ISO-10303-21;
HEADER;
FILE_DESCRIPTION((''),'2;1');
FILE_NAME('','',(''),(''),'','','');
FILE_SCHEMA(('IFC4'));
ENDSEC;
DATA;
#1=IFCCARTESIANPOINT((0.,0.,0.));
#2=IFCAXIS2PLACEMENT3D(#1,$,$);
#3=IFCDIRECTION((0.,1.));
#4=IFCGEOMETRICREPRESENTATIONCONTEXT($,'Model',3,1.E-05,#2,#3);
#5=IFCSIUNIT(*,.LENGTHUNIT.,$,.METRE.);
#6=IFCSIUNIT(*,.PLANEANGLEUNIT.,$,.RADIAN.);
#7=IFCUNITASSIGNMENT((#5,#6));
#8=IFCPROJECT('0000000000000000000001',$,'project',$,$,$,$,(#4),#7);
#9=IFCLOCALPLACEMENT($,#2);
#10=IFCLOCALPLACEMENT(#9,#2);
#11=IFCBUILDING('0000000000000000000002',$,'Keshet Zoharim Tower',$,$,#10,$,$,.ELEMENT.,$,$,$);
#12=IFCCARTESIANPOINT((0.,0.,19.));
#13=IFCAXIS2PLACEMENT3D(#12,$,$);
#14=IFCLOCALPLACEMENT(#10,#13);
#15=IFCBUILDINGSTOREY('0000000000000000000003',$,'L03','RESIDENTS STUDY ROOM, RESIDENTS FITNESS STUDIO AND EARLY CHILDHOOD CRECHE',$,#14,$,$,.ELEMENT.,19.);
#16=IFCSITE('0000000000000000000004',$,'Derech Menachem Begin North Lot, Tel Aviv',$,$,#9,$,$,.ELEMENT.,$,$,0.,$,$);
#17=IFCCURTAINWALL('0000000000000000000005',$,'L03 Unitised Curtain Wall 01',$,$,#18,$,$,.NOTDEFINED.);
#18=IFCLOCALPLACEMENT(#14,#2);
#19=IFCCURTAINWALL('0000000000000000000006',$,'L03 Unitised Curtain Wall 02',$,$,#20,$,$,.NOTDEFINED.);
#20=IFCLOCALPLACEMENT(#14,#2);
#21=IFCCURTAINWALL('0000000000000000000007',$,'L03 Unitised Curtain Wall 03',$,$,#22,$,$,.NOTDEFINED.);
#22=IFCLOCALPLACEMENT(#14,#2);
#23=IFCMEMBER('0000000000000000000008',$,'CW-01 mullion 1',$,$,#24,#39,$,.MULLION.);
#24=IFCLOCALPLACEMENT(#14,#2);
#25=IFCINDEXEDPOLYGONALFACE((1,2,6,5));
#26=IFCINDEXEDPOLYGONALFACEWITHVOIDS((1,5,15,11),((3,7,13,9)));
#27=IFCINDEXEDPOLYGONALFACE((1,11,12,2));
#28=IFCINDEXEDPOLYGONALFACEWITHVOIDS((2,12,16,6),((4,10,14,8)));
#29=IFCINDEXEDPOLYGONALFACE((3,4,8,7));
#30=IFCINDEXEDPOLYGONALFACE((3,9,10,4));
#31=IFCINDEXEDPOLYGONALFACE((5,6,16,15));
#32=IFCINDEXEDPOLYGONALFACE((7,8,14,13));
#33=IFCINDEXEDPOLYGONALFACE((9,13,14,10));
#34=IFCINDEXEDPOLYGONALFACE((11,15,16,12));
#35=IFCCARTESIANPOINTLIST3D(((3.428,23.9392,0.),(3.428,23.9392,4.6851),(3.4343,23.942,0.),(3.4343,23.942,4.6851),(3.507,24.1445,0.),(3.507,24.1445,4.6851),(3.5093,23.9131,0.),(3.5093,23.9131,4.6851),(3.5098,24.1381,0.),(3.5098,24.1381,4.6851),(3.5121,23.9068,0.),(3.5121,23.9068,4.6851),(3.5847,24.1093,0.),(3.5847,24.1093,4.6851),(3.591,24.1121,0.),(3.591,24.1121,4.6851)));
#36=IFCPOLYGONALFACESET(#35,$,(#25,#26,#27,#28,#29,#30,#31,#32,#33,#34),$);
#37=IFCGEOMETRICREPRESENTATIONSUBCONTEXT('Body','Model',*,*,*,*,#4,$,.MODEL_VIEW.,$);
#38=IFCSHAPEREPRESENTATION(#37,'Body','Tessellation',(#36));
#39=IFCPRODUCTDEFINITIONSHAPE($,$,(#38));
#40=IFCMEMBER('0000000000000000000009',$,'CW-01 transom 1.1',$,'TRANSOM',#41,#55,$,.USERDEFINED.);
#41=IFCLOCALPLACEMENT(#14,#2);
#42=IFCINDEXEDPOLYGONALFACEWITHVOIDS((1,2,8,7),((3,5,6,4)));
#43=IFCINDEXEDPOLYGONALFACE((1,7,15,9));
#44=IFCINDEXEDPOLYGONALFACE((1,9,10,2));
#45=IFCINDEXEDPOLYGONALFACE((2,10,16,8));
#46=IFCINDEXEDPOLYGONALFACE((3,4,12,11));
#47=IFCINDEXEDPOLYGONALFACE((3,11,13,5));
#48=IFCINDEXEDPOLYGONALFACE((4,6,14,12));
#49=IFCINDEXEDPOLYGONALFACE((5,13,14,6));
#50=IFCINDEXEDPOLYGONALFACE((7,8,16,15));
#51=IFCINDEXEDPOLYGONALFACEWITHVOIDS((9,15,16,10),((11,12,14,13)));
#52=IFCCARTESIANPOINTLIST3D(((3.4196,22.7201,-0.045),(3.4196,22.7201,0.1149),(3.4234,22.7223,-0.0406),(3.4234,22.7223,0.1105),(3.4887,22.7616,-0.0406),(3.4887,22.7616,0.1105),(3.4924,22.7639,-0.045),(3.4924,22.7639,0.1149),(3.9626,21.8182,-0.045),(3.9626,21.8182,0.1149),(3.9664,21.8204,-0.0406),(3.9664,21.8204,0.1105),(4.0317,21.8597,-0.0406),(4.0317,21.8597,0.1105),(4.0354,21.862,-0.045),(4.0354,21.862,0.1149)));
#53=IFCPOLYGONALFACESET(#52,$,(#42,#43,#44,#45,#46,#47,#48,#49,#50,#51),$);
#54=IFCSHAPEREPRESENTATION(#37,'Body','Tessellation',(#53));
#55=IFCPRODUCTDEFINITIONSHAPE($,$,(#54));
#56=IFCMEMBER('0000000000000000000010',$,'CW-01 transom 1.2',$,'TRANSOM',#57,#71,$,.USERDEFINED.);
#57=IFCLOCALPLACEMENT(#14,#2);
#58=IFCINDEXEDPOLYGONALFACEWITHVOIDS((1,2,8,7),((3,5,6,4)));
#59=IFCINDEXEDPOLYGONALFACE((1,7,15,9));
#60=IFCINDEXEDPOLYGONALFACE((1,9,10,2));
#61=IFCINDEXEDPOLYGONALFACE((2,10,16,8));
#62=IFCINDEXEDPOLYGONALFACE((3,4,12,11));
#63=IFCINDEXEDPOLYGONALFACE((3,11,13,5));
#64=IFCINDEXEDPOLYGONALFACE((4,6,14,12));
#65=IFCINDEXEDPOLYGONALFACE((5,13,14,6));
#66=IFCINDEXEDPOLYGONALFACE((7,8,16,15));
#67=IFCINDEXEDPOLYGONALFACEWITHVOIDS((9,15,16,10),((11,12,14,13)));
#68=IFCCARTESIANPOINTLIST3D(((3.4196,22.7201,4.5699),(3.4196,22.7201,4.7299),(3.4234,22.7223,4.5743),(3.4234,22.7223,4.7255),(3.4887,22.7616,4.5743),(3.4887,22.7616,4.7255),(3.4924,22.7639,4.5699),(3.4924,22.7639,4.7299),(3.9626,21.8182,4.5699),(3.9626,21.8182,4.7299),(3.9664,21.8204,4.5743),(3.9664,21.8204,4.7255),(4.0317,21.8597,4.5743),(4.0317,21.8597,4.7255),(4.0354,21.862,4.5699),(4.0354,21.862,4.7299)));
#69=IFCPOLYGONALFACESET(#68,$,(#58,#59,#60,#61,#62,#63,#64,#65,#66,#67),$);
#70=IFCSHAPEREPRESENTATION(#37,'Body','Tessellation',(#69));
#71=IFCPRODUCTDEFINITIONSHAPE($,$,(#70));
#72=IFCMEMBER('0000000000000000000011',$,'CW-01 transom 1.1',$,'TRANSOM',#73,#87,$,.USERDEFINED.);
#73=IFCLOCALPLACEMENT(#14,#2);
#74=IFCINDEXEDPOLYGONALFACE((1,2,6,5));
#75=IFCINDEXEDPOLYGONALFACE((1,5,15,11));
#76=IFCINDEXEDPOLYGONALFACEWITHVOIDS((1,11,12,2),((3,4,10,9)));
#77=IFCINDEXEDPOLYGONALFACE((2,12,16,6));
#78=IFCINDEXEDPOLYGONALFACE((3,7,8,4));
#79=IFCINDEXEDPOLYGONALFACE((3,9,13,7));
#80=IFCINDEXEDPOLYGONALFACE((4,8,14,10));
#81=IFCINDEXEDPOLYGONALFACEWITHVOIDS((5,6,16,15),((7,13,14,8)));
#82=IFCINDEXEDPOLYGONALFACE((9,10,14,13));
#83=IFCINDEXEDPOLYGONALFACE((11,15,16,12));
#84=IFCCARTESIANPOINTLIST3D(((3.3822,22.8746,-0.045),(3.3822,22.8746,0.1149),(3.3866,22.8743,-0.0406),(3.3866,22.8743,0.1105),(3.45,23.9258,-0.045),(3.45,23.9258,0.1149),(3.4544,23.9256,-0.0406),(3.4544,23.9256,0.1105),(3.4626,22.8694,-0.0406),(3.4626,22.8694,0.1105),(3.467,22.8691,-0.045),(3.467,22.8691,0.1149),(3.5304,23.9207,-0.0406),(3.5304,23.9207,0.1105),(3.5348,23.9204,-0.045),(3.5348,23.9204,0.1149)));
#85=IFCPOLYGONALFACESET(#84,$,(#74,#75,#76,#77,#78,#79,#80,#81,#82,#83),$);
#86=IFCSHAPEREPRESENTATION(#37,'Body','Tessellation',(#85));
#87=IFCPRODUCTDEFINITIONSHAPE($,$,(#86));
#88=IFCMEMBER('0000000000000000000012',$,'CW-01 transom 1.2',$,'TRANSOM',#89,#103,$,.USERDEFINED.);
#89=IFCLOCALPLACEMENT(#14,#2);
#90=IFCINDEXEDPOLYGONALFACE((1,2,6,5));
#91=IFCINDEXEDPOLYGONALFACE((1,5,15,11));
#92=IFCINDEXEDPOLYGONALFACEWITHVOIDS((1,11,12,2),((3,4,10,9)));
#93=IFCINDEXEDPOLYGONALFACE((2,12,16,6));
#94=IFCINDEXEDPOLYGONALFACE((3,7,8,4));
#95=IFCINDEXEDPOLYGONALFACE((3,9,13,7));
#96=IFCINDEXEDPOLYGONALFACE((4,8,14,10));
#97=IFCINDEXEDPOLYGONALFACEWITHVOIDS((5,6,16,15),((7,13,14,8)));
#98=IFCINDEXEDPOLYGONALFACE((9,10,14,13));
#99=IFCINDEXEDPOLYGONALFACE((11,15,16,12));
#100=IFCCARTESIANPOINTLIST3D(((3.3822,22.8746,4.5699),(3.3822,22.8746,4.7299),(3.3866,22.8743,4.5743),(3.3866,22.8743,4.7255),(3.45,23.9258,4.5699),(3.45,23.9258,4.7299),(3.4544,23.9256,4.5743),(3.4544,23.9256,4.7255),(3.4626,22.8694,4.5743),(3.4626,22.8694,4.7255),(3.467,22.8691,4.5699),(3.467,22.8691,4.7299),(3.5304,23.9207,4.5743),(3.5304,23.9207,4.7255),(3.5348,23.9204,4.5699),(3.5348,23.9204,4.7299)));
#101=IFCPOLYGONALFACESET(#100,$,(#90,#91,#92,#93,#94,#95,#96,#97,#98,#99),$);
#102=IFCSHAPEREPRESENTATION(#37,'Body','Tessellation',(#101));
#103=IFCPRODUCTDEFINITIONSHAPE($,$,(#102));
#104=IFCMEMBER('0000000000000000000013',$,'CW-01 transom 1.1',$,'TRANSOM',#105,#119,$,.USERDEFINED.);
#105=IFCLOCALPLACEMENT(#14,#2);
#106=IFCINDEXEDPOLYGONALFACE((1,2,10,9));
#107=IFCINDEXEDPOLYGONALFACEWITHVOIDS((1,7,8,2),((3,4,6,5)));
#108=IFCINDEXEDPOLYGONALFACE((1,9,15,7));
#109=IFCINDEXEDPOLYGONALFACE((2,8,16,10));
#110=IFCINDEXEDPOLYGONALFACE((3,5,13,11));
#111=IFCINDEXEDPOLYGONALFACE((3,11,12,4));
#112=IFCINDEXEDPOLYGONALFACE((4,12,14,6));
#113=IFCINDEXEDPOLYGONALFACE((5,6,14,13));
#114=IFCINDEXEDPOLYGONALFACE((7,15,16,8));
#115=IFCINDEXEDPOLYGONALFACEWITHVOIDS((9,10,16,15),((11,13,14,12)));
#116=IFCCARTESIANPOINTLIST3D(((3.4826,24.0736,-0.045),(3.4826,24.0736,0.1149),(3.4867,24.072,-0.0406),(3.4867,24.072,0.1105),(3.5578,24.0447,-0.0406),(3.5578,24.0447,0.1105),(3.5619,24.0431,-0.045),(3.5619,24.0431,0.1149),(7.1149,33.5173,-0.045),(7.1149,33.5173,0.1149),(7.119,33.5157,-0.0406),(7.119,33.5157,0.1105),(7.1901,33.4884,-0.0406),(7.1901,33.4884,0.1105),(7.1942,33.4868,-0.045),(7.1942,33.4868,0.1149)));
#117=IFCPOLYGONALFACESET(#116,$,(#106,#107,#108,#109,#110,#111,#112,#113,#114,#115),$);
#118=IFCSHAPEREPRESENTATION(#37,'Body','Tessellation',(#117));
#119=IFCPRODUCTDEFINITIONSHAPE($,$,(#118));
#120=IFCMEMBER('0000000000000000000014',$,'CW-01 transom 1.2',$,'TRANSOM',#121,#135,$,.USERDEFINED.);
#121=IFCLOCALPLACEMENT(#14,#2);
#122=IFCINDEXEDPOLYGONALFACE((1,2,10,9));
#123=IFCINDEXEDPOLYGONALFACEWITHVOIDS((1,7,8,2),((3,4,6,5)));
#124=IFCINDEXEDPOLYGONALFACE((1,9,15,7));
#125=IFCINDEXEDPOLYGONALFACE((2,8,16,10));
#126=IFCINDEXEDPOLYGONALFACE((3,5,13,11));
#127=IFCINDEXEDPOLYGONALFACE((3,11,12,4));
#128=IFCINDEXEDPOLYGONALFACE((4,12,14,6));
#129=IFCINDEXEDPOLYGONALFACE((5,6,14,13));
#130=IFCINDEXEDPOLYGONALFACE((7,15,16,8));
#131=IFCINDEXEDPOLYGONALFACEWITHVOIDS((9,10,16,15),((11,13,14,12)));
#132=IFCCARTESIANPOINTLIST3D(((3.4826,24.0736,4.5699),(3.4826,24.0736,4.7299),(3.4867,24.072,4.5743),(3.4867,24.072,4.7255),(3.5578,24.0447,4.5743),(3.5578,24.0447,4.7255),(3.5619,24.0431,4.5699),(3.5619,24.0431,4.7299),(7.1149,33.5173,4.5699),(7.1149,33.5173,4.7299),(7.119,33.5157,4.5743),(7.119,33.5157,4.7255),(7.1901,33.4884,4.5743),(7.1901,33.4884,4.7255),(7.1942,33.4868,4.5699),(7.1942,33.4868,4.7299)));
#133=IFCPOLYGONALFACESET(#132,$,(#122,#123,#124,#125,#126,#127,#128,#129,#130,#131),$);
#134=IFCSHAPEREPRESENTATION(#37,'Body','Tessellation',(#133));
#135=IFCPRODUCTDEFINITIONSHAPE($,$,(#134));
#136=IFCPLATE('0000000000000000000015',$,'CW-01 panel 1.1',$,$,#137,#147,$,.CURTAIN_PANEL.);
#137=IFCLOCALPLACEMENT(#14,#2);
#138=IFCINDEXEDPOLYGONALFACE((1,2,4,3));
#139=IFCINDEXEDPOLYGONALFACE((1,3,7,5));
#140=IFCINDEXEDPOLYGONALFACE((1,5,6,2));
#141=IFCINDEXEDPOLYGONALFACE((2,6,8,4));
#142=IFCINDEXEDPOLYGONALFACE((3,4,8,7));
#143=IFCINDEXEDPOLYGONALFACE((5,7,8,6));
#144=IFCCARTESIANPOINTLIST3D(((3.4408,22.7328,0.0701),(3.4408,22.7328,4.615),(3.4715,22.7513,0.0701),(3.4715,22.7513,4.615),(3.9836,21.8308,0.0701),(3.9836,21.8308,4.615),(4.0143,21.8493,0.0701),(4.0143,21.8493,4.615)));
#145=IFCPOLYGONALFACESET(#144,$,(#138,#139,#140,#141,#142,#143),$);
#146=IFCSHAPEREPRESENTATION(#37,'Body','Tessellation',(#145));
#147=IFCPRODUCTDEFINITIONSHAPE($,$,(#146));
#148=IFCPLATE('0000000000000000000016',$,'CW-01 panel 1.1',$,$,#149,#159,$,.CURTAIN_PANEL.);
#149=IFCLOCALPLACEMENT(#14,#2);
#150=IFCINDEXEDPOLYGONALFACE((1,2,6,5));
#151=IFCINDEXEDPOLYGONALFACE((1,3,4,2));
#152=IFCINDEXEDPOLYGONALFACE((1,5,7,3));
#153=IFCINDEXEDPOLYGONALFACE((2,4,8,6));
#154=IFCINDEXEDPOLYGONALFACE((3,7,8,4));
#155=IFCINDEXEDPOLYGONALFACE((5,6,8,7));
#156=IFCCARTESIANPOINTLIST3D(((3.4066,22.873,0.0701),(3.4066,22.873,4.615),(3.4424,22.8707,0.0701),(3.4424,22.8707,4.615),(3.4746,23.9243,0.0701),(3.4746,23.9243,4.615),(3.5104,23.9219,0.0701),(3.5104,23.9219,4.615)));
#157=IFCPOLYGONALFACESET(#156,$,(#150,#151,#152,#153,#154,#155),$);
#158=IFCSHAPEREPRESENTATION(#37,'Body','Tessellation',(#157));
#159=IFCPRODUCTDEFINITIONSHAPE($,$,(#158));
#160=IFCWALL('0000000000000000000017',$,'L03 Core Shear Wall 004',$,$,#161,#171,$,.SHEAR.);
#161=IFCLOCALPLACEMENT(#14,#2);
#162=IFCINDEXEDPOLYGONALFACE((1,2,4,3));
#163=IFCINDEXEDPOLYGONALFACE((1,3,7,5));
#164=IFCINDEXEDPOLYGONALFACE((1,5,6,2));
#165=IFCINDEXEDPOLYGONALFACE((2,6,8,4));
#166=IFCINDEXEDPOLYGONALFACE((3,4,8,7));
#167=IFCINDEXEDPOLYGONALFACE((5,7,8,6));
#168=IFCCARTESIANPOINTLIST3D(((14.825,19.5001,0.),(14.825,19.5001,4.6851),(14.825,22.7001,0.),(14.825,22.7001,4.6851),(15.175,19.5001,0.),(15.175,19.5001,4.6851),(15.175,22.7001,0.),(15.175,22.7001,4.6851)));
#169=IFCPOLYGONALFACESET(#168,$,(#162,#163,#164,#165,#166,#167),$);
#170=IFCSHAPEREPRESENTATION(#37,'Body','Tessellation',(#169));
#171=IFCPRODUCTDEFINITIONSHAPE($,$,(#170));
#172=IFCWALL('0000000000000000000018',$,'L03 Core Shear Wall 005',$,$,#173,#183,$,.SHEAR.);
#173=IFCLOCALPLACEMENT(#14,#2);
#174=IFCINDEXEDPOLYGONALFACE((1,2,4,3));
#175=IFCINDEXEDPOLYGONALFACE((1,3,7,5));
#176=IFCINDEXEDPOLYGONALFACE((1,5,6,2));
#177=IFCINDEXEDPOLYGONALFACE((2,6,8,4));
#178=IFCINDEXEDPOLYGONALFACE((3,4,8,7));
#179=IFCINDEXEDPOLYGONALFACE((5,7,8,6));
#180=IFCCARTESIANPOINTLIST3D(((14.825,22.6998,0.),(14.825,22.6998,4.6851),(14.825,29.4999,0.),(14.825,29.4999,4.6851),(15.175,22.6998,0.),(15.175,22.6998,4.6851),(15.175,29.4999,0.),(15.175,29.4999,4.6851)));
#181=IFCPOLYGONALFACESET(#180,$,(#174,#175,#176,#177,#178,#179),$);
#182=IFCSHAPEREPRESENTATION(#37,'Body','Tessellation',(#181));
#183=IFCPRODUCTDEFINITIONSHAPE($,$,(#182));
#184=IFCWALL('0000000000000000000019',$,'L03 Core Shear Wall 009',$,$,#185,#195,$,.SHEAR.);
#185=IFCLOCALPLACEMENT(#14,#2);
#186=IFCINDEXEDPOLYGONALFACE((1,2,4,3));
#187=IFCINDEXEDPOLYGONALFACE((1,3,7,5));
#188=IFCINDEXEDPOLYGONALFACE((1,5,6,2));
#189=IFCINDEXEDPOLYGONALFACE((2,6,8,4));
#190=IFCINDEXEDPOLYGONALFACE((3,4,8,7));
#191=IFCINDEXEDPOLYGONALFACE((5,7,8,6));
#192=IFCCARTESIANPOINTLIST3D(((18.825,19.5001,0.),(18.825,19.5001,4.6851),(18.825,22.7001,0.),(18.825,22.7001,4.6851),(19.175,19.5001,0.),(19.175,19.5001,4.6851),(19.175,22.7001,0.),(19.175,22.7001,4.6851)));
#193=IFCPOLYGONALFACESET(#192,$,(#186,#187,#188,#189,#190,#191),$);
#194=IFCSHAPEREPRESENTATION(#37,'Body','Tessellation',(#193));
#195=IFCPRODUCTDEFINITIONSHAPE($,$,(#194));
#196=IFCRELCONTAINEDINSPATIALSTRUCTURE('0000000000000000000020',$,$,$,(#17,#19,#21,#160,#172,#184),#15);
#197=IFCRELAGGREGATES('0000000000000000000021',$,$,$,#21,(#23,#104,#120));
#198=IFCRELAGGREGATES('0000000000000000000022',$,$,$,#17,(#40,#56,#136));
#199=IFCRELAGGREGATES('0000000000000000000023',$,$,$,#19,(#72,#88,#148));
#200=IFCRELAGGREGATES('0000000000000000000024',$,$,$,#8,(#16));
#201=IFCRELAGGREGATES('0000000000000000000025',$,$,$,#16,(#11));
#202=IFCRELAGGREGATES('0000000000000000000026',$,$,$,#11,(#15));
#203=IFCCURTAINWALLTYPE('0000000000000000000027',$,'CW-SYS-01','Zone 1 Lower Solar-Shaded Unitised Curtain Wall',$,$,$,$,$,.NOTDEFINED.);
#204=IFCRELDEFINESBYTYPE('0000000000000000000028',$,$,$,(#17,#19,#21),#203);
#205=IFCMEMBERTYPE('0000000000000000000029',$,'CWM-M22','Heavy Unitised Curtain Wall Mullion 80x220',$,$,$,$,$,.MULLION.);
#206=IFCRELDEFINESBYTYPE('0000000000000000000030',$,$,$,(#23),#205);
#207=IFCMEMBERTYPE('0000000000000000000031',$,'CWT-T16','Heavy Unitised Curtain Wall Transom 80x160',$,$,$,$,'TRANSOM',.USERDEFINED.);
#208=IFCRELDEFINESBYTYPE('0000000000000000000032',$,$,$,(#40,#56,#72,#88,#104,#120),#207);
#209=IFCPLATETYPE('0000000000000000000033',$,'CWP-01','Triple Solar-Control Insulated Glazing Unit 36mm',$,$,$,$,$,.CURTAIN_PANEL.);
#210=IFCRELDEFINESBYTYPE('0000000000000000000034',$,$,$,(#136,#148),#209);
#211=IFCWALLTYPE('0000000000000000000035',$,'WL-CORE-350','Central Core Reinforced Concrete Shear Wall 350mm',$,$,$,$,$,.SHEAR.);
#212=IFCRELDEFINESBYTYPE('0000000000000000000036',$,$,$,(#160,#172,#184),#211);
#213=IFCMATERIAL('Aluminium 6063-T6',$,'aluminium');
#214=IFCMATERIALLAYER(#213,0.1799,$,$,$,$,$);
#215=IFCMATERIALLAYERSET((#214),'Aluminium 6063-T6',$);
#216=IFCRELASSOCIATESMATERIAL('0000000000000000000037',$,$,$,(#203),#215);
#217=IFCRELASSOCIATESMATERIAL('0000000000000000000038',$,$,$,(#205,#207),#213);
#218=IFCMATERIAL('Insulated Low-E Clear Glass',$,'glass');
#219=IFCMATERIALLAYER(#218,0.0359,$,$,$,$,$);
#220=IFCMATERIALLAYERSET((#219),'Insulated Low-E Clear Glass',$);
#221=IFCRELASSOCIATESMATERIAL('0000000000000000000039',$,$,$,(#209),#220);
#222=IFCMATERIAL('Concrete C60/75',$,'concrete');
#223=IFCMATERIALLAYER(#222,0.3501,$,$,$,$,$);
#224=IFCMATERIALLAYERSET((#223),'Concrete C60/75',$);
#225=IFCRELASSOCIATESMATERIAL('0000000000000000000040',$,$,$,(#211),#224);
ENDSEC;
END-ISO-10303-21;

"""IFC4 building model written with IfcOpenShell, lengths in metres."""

from ifc_helpers import new_model, si_unit, direction, frame, frame_2d, origin, origin_2d, place, context, subcontext, project, spatial, rectangle, hollow_rectangle, extrude, material, layer, layer_set, material_profile, profile_set, type_object, element, aggregate, save


model = new_model("IFC4")

# Units and contexts
model_context = context("Model", 3, precision=1e-05, world=origin(), true_north=direction((0.0, 1.0)))
body_context = subcontext(model_context, "Body", "Model", "MODEL_VIEW")
ifc_project = project(units=[si_unit("LENGTHUNIT", "METRE"), si_unit("PLANEANGLEUNIT", "RADIAN")], contexts=[model_context])

# Site, building, storey
site_placement = place(None, origin())
site = spatial("IfcSite", under=ifc_project, at=site_placement, Name="Derech Menachem Begin North Lot, Tel Aviv", CompositionType="ELEMENT", RefElevation=0.0)
building_placement = place(site_placement, origin())
building = spatial("IfcBuilding", under=site, at=building_placement, Name="Keshet Zoharim Tower", CompositionType="ELEMENT")
storey_placement = place(building_placement, frame((0.0, 0.0, 19.0)))
storey = spatial("IfcBuildingStorey", under=building, at=storey_placement, Name="L03", Description="RESIDENTS STUDY ROOM, RESIDENTS FITNESS STUDIO AND EARLY CHILDHOOD CRECHE", CompositionType="ELEMENT", Elevation=19.0)

# Shared definitions
ifc_material_1 = material(Name="Concrete C60/75", Category="concrete")

# Curtain walls
ifc_material_2 = material(Name="Aluminium 6063-T6", Category="aluminium")
ifc_layer_1 = layer(ifc_material_2, 0.1799)
ifc_layer_set_1 = layer_set([ifc_layer_1], Name="Aluminium 6063-T6")
curtain_wall_type = type_object("IfcCurtainWallType", Name="CW-SYS-01", Description="Zone 1 Lower Solar-Shaded Unitised Curtain Wall", PredefinedType="NOTDEFINED", material=ifc_layer_set_1)
curtain_wall_1_placement = place(storey_placement, origin())
curtain_wall_1 = element("IfcCurtainWall", 1, at=curtain_wall_1_placement, inside=storey, type_object=curtain_wall_type, Name="L03 Unitised Curtain Wall 01", PredefinedType="NOTDEFINED")
ifc_material_profile_1 = material_profile(ifc_material_2, hollow_rectangle(XDim=0.0901, YDim=0.22, WallThickness=0.0049, at=origin_2d()), Name="MUL-90x220")
ifc_profile_set_1 = profile_set([ifc_material_profile_1], Name="Aluminium 6063-T6")
member_type_1 = type_object("IfcMemberType", Name="CWM-M22", Description="Heavy Unitised Curtain Wall Mullion 80x220", PredefinedType="MULLION", material=ifc_profile_set_1)
curtain_wall_2_placement = place(storey_placement, origin())
curtain_wall_2 = element("IfcCurtainWall", 2, at=curtain_wall_2_placement, inside=storey, type_object=curtain_wall_type, Name="L03 Unitised Curtain Wall 02", PredefinedType="NOTDEFINED")

# Curtain wall, member
curtain_wall_3_placement = place(storey_placement, origin())
curtain_wall_3 = element("IfcCurtainWall", 3, at=curtain_wall_3_placement, inside=storey, type_object=curtain_wall_type, Name="L03 Unitised Curtain Wall 03", PredefinedType="NOTDEFINED")
member_1_placement = place(storey_placement, frame((3.5095, 24.0256, 0.0), z_axis=(0.0, 0.0, 1.0), x_axis=(-0.933341, 0.35899, 0.0)))
member_1 = element("IfcMember", 4, at=member_1_placement, type_object=member_type_1, Name="CW-01 mullion 1", PredefinedType="MULLION", context=body_context, shape_type="SweptSolid", body=[
    extrude(hollow_rectangle(XDim=0.0901, YDim=0.22, WallThickness=0.0049, at=origin_2d()), origin(), (0.0, 0.0, 1.0), 4.6851),
])

# Members
ifc_material_profile_2 = material_profile(ifc_material_2, hollow_rectangle(XDim=0.085, YDim=0.1599, WallThickness=0.0044, at=origin_2d()), Name="TRN-85x160")
ifc_profile_set_2 = profile_set([ifc_material_profile_2], Name="Aluminium 6063-T6")
member_type_2 = type_object("IfcMemberType", Name="CWT-T16", Description="Heavy Unitised Curtain Wall Transom 80x160", ElementType="TRANSOM", PredefinedType="USERDEFINED", material=ifc_profile_set_2)
member_2_placement = place(storey_placement, frame((3.999, 21.8401, 0.0349), z_axis=(-0.515791, 0.856714, 0.0), x_axis=(-0.856714, -0.515791, 0.0)))
member_2 = element("IfcMember", 5, at=member_2_placement, type_object=member_type_2, Name="CW-01 transom 1.1", ObjectType="TRANSOM", PredefinedType="USERDEFINED", context=body_context, shape_type="SweptSolid", body=[
    extrude(hollow_rectangle(XDim=0.085, YDim=0.1599, WallThickness=0.0044, at=origin_2d()), origin(), (0.0, 0.0, 1.0), 1.0527),
])
member_3_placement = place(storey_placement, frame((3.999, 21.8401, 4.6499), z_axis=(-0.515791, 0.856714, 0.0), x_axis=(-0.856714, -0.515791, 0.0)))
member_3 = element("IfcMember", 6, at=member_3_placement, type_object=member_type_2, Name="CW-01 transom 1.2", ObjectType="TRANSOM", PredefinedType="USERDEFINED", context=body_context, shape_type="SweptSolid", body=[
    extrude(hollow_rectangle(XDim=0.085, YDim=0.1599, WallThickness=0.0044, at=origin_2d()), origin(), (0.0, 0.0, 1.0), 1.0527),
])
member_4_placement = place(storey_placement, frame((3.4246, 22.8718, 0.0349), z_axis=(0.064427, 0.997922, 0.0), x_axis=(-0.997922, 0.064427, 0.0)))
member_4 = element("IfcMember", 7, at=member_4_placement, type_object=member_type_2, Name="CW-01 transom 1.1", ObjectType="TRANSOM", PredefinedType="USERDEFINED", context=body_context, shape_type="SweptSolid", body=[
    extrude(hollow_rectangle(XDim=0.085, YDim=0.1599, WallThickness=0.0044, at=origin_2d()), origin(), (0.0, 0.0, 1.0), 1.0535),
])
member_5_placement = place(storey_placement, frame((3.4246, 22.8718, 4.6499), z_axis=(0.064427, 0.997922, 0.0), x_axis=(-0.997922, 0.064427, 0.0)))
member_5 = element("IfcMember", 8, at=member_5_placement, type_object=member_type_2, Name="CW-01 transom 1.2", ObjectType="TRANSOM", PredefinedType="USERDEFINED", context=body_context, shape_type="SweptSolid", body=[
    extrude(hollow_rectangle(XDim=0.085, YDim=0.1599, WallThickness=0.0044, at=origin_2d()), origin(), (0.0, 0.0, 1.0), 1.0535),
])
member_6_placement = place(storey_placement, frame((3.5222, 24.0583, 0.0349), z_axis=(0.358994, 0.93334, 0.0), x_axis=(-0.93334, 0.358994, 0.0)))
member_6 = element("IfcMember", 9, at=member_6_placement, type_object=member_type_2, Name="CW-01 transom 1.1", ObjectType="TRANSOM", PredefinedType="USERDEFINED", context=body_context, shape_type="SweptSolid", body=[
    extrude(hollow_rectangle(XDim=0.085, YDim=0.1599, WallThickness=0.0044, at=origin_2d()), origin(), (0.0, 0.0, 1.0), 10.1182),
])
member_7_placement = place(storey_placement, frame((3.5222, 24.0583, 4.6499), z_axis=(0.358994, 0.93334, 0.0), x_axis=(-0.93334, 0.358994, 0.0)))
member_7 = element("IfcMember", 10, at=member_7_placement, type_object=member_type_2, Name="CW-01 transom 1.2", ObjectType="TRANSOM", PredefinedType="USERDEFINED", context=body_context, shape_type="SweptSolid", body=[
    extrude(hollow_rectangle(XDim=0.085, YDim=0.1599, WallThickness=0.0044, at=origin_2d()), origin(), (0.0, 0.0, 1.0), 10.1182),
])
aggregate(curtain_wall_3, [member_1, member_6, member_7])

# Plates
ifc_material_3 = material(Name="Insulated Low-E Clear Glass", Category="glass")
ifc_layer_2 = layer(ifc_material_3, 0.0359)
ifc_layer_set_2 = layer_set([ifc_layer_2], Name="Insulated Low-E Clear Glass")
plate_type = type_object("IfcPlateType", Name="CWP-01", Description="Triple Solar-Control Insulated Glazing Unit 36mm", PredefinedType="CURTAIN_PANEL", material=ifc_layer_set_2)
plate_1_placement = place(storey_placement, frame((3.7275, 22.291, 0.0701), z_axis=(0.0, 0.0, 1.0), x_axis=(-0.515605, 0.856826, 0.0)))
plate_1 = element("IfcPlate", 11, at=plate_1_placement, type_object=plate_type, Name="CW-01 panel 1.1", PredefinedType="CURTAIN_PANEL", context=body_context, shape_type="SweptSolid", body=[
    extrude(rectangle(XDim=1.0527, YDim=0.0359, at=origin_2d()), origin(), (0.0, 0.0, 1.0), 4.5449),
])
aggregate(curtain_wall_1, [member_2, member_3, plate_1])
plate_2_placement = place(storey_placement, frame((3.4585, 23.3975, 0.0701), z_axis=(0.0, 0.0, 1.0), x_axis=(0.064517, 0.997917, 0.0)))
plate_2 = element("IfcPlate", 12, at=plate_2_placement, type_object=plate_type, Name="CW-01 panel 1.1", PredefinedType="CURTAIN_PANEL", context=body_context, shape_type="SweptSolid", body=[
    extrude(rectangle(XDim=1.0535, YDim=0.0359, at=origin_2d()), origin(), (0.0, 0.0, 1.0), 4.5449),
])
aggregate(curtain_wall_2, [member_4, member_5, plate_2])

# Walls
ifc_layer_3 = layer(ifc_material_1, 0.3501)
ifc_layer_set_3 = layer_set([ifc_layer_3], Name="Concrete C60/75")
wall_type_1 = type_object("IfcWallType", Name="WL-CORE-350", Description="Central Core Reinforced Concrete Shear Wall 350mm", PredefinedType="SHEAR", material=ifc_layer_set_3)
wall_1_placement = place(storey_placement, frame((15.0, 19.5, 0.0), z_axis=(0.0, 0.0, 1.0), x_axis=(0.0, 1.0, 0.0)))
element("IfcWall", 13, at=wall_1_placement, inside=storey, type_object=wall_type_1, Name="L03 Core Shear Wall 004", PredefinedType="SHEAR", context=body_context, shape_type="SweptSolid", body=[
    extrude(rectangle(XDim=3.2, YDim=0.3501, at=frame_2d((1.6001, 0.0))), origin(), (0.0, 0.0, 1.0), 4.6851),
])
wall_2_placement = place(storey_placement, frame((15.0, 22.7, 0.0), z_axis=(0.0, 0.0, 1.0), x_axis=(0.0, 1.0, 0.0)))
element("IfcWall", 14, at=wall_2_placement, inside=storey, type_object=wall_type_1, Name="L03 Core Shear Wall 005", PredefinedType="SHEAR", context=body_context, shape_type="SweptSolid", body=[
    extrude(rectangle(XDim=6.8, YDim=0.3501, at=frame_2d((3.3999, 0.0))), origin(), (0.0, 0.0, 1.0), 4.6851),
])
wall_3_placement = place(storey_placement, frame((19.0, 19.5, 0.0), z_axis=(0.0, 0.0, 1.0), x_axis=(0.0, 1.0, 0.0)))
element("IfcWall", 15, at=wall_3_placement, inside=storey, type_object=wall_type_1, Name="L03 Core Shear Wall 009", PredefinedType="SHEAR", context=body_context, shape_type="SweptSolid", body=[
    extrude(rectangle(XDim=3.2, YDim=0.3501, at=frame_2d((1.6001, 0.0))), origin(), (0.0, 0.0, 1.0), 4.6851),
])

save(model, "model.ifc")
